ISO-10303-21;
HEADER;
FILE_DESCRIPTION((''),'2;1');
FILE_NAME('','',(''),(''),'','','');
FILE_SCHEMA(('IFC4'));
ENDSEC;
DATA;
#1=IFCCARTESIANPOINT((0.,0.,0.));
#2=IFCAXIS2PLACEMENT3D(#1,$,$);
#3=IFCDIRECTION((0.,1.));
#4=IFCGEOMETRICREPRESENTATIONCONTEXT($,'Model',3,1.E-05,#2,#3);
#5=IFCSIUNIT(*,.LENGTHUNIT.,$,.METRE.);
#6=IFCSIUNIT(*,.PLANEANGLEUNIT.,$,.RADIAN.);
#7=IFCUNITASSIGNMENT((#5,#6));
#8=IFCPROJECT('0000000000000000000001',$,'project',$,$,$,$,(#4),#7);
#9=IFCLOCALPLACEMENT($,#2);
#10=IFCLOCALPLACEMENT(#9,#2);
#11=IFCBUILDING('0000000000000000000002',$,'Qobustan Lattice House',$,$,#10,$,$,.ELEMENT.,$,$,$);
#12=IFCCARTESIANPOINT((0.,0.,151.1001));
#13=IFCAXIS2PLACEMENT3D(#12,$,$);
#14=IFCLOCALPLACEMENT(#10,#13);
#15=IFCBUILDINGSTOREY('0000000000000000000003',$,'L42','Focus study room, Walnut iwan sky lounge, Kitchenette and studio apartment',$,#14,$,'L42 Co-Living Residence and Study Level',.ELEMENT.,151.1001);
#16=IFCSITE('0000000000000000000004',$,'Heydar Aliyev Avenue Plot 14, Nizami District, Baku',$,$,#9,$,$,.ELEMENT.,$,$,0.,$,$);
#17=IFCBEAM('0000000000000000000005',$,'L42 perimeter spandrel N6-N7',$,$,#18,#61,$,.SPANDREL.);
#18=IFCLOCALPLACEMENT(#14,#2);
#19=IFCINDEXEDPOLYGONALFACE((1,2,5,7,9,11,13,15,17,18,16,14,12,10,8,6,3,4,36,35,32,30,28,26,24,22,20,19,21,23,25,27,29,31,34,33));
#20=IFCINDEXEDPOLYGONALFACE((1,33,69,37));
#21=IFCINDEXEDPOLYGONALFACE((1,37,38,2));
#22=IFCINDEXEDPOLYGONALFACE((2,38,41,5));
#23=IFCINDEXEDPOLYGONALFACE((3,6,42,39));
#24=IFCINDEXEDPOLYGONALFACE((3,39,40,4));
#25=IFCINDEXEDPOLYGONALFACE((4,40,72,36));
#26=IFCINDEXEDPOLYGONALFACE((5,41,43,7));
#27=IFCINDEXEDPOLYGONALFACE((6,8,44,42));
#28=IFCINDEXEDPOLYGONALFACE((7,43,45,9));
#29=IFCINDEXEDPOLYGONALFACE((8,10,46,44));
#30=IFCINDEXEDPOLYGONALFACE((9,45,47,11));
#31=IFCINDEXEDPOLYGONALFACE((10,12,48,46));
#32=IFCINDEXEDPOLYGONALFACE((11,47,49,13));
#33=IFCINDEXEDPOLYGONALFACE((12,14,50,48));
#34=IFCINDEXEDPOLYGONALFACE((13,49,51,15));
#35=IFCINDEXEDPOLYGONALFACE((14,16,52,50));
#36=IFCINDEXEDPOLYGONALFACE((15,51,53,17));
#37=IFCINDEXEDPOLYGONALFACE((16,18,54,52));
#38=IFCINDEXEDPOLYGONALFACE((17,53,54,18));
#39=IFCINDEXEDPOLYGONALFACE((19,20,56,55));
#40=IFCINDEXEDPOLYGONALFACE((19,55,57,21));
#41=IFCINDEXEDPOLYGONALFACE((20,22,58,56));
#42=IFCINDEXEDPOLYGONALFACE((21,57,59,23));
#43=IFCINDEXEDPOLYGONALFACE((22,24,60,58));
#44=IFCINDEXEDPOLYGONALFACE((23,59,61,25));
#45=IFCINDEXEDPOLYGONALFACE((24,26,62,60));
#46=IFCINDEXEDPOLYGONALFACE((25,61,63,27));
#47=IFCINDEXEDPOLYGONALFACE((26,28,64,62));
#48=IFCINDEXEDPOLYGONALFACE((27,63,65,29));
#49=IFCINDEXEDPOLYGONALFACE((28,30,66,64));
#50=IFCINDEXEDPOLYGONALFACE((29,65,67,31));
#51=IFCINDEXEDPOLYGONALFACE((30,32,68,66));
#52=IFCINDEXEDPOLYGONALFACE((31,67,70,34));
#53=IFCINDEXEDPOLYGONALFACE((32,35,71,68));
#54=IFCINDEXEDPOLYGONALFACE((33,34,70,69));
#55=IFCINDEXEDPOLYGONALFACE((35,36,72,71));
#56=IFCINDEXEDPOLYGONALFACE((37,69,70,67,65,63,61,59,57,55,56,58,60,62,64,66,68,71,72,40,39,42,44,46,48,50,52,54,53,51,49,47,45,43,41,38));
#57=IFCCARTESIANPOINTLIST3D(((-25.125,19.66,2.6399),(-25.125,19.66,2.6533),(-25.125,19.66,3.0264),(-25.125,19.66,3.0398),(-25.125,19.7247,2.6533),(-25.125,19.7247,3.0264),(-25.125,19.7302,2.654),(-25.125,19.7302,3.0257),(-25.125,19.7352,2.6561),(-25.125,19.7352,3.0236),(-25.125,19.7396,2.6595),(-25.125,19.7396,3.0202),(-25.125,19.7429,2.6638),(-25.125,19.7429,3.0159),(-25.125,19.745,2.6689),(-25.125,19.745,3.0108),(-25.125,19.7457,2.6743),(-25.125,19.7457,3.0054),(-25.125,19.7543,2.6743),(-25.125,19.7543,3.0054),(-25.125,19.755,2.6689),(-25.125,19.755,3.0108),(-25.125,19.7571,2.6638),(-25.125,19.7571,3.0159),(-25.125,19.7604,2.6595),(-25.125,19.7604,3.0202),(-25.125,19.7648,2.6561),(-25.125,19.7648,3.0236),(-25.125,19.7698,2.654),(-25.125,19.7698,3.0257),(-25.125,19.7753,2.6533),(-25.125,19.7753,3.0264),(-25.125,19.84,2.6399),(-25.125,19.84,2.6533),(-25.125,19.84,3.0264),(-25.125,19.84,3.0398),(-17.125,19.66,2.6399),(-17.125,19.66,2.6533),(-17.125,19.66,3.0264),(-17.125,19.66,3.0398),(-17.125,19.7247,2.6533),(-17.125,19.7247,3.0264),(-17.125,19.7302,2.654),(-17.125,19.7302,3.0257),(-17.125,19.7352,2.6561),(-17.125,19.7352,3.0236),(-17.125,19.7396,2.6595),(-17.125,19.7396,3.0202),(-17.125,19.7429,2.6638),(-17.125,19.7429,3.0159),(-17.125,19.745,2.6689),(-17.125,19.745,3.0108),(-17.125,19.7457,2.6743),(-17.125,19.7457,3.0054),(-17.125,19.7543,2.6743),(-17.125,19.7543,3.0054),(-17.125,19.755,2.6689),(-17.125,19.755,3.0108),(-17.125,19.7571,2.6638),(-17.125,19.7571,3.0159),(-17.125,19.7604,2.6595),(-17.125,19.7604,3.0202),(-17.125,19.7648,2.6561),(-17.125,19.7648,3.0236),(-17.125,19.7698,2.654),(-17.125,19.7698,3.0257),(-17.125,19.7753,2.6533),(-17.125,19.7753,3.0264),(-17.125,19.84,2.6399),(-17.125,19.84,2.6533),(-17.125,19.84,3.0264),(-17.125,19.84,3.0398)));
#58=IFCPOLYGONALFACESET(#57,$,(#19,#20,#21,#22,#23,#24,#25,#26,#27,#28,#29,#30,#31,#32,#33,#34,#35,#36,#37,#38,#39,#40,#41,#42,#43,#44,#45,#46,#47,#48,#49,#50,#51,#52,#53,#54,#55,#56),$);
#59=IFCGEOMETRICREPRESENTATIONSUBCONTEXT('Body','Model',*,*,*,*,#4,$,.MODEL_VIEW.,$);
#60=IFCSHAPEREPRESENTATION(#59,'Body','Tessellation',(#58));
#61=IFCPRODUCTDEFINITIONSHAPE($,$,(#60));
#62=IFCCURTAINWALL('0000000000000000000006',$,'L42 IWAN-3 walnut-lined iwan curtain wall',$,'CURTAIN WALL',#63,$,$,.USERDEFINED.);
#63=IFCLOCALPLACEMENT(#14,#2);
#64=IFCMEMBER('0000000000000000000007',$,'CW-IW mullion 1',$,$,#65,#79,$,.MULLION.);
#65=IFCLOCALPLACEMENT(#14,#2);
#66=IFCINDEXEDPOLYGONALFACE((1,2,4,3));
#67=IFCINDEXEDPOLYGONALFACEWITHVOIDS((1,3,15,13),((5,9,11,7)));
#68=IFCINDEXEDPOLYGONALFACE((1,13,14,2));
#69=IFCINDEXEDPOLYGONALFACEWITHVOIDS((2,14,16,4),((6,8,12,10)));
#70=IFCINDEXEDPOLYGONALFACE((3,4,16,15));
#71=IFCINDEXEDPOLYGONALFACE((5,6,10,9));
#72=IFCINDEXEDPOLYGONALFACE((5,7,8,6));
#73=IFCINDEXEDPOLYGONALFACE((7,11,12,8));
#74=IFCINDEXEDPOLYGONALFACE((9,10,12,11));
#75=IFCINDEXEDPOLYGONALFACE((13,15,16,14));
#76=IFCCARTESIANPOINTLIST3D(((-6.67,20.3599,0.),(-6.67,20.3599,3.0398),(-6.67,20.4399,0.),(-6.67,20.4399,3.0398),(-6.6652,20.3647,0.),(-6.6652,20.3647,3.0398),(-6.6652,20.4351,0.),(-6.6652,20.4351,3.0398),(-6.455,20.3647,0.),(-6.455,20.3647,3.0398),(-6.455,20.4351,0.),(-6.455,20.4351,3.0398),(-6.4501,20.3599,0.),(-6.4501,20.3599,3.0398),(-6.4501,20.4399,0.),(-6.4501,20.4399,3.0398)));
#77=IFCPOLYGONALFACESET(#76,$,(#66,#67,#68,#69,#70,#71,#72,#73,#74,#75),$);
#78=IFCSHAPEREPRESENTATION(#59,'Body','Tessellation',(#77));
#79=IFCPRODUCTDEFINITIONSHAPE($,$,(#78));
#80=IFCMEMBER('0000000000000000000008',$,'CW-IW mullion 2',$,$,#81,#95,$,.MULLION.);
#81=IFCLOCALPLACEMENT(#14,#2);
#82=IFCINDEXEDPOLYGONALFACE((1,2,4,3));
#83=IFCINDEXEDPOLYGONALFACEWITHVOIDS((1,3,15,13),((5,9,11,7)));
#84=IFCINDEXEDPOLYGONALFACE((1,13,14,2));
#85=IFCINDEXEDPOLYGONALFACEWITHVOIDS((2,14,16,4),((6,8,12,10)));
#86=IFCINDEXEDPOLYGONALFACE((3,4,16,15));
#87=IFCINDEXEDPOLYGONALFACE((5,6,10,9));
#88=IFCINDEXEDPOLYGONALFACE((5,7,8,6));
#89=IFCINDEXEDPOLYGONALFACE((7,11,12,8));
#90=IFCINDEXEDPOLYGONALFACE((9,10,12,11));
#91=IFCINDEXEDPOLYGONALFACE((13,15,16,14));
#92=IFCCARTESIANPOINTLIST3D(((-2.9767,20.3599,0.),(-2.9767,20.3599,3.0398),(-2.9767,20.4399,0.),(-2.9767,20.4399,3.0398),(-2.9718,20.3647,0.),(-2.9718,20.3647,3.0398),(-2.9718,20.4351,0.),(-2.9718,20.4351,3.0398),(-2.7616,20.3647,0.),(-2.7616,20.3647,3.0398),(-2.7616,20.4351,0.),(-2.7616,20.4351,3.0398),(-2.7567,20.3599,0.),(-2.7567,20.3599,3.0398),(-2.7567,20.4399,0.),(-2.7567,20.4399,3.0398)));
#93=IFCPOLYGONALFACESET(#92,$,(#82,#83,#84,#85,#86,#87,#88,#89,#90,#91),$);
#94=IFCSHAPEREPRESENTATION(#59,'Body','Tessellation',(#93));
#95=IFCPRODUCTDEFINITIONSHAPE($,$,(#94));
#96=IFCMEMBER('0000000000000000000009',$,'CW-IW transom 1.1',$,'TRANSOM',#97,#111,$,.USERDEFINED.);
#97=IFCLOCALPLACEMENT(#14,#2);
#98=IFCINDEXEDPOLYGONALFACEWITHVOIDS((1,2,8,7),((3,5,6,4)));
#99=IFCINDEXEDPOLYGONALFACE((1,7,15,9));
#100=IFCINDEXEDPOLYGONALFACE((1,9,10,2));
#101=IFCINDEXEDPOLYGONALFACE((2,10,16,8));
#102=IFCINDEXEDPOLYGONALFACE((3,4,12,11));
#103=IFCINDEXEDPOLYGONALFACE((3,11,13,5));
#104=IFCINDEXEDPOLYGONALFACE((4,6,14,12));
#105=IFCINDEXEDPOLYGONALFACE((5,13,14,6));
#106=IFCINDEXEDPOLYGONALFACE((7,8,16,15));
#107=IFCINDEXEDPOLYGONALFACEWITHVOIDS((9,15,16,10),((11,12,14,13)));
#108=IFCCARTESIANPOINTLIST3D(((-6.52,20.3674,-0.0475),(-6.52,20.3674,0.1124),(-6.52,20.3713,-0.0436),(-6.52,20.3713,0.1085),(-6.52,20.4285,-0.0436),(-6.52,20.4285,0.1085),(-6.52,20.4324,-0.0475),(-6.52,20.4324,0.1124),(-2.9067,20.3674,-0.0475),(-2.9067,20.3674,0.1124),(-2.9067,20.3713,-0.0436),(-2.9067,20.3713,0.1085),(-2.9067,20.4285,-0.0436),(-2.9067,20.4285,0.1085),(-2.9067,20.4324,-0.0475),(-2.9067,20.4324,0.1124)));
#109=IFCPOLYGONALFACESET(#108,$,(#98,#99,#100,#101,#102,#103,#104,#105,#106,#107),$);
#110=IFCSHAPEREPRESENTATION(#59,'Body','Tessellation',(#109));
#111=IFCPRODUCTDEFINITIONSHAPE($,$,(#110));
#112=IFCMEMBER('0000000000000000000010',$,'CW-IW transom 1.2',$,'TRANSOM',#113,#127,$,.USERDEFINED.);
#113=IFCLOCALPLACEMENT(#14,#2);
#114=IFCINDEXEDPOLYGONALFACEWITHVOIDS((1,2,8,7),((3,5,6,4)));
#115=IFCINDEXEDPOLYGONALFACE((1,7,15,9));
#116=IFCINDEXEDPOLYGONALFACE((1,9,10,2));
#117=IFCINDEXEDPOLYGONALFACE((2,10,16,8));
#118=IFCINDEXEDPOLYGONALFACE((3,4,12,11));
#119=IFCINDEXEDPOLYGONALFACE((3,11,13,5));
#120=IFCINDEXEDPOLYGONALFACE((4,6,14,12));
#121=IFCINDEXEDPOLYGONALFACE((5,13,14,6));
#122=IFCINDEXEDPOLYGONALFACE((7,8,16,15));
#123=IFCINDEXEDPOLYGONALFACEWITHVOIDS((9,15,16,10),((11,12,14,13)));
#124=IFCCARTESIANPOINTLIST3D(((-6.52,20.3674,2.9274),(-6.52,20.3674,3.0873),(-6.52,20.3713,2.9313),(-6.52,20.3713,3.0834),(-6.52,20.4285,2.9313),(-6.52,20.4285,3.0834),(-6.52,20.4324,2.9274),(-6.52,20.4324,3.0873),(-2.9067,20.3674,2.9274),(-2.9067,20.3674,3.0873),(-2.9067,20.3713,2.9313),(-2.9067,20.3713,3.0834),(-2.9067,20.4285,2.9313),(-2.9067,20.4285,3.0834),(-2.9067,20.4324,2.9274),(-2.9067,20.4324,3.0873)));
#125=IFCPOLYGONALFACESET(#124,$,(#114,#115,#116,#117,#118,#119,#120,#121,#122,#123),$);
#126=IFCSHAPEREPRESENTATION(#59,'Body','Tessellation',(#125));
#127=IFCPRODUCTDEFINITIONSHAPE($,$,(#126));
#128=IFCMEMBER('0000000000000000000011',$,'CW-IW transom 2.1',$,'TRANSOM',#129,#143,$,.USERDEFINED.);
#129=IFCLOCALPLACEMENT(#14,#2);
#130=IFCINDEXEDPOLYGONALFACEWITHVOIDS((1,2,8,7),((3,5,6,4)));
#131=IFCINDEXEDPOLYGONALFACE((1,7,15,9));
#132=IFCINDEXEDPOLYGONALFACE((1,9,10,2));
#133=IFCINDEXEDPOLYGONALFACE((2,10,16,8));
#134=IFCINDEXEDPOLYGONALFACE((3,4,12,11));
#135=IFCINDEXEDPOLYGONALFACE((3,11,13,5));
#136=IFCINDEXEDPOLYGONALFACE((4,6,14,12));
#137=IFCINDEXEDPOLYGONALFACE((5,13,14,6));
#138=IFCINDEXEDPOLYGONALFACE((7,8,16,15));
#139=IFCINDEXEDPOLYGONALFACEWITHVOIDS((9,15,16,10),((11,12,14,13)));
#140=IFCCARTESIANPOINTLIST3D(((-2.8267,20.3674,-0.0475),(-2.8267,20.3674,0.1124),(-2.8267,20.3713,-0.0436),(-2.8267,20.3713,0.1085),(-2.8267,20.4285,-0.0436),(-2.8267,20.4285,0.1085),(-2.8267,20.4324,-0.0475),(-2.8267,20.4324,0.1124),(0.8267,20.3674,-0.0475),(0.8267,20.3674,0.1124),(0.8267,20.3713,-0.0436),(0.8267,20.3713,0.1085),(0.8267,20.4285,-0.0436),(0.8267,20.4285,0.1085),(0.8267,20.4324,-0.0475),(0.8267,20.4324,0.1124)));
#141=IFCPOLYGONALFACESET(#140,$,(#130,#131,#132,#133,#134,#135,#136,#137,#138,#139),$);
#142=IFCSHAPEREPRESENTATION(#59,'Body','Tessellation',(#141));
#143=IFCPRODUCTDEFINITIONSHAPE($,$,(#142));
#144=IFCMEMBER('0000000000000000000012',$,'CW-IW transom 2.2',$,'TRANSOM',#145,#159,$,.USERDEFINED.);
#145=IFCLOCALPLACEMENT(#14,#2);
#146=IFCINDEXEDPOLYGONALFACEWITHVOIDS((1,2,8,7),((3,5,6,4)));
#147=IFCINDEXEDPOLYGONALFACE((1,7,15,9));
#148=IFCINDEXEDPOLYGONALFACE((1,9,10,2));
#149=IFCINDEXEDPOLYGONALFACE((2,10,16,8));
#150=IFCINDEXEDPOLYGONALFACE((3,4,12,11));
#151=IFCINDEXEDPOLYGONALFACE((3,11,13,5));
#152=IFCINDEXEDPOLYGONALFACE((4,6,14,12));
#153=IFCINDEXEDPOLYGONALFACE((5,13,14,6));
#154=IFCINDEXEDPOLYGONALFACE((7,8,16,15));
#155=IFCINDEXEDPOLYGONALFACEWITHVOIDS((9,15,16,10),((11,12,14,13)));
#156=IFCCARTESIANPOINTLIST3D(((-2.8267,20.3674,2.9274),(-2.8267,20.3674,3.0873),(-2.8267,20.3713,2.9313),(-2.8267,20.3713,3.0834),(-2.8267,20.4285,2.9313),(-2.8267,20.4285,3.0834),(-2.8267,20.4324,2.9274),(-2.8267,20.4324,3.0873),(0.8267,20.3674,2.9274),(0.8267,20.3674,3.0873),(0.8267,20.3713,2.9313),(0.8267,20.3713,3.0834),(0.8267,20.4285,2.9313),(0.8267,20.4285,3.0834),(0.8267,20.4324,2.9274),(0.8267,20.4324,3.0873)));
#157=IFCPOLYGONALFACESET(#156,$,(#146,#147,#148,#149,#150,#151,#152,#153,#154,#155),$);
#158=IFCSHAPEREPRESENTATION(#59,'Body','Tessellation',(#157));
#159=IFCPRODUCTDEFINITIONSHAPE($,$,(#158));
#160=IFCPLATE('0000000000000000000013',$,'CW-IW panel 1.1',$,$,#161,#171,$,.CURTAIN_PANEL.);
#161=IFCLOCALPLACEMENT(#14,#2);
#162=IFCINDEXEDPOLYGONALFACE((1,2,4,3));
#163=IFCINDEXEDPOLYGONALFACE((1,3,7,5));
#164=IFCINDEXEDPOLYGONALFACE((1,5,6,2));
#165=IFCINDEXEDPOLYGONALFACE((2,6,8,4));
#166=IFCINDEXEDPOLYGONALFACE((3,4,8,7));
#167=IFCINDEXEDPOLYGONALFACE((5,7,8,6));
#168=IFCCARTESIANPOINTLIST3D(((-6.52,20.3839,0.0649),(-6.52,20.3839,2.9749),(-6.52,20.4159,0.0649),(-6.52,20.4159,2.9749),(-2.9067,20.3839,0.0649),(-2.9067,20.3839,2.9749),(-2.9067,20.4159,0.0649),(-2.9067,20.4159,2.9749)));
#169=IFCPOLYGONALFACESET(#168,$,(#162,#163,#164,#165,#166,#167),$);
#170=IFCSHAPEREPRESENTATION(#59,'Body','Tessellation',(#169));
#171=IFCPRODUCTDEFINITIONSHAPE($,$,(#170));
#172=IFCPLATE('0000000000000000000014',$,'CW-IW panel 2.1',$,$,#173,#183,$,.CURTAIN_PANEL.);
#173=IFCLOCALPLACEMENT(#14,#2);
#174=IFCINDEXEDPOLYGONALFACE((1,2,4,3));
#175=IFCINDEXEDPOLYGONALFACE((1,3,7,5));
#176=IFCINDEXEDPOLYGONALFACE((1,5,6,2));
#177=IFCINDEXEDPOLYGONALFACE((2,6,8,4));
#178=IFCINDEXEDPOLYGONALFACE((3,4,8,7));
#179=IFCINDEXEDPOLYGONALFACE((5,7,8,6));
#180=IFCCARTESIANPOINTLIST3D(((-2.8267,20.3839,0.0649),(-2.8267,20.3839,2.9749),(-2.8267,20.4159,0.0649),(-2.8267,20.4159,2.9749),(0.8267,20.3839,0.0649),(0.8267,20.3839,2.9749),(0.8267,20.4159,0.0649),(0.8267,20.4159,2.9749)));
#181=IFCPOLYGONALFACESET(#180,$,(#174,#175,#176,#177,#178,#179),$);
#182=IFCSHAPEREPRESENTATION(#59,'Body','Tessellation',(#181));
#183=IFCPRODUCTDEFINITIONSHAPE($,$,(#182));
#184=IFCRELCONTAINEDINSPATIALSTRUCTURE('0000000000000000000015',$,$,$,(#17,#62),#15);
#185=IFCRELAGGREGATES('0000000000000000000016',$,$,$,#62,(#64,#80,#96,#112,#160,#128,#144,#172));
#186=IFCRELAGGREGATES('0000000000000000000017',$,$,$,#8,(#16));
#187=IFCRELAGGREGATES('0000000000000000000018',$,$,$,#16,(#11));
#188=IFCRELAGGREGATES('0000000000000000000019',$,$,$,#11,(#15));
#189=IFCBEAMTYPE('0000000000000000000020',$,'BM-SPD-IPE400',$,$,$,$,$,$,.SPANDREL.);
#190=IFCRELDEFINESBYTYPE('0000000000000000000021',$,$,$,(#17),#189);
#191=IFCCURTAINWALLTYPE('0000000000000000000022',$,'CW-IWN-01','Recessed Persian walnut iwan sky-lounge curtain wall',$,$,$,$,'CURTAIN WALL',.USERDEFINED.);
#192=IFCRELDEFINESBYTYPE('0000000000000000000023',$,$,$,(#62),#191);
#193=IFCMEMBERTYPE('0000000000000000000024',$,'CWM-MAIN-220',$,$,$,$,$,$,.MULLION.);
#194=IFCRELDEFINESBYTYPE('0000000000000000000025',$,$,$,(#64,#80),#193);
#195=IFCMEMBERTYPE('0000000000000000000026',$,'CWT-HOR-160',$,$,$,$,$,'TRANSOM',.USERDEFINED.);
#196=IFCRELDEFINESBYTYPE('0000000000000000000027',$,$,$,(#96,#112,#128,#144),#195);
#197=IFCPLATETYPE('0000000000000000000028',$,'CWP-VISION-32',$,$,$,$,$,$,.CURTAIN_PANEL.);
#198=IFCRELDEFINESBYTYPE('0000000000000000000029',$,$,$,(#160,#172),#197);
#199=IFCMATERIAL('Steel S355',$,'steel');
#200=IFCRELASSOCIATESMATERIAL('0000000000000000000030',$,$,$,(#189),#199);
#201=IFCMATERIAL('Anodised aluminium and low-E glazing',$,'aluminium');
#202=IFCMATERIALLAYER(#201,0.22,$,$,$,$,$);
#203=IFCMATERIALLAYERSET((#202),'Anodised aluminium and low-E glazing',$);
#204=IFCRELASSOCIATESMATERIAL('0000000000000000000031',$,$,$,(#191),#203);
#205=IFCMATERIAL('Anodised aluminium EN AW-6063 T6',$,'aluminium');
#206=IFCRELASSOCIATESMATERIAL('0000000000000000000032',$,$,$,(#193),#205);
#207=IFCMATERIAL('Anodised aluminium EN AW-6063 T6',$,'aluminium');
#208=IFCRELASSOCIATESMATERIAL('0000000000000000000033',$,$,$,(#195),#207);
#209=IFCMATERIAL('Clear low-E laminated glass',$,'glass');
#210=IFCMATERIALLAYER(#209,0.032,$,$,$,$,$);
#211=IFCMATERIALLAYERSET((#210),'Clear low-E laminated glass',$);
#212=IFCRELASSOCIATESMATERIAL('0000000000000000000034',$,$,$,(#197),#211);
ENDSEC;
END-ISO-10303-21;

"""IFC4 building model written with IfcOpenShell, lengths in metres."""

from ifc_helpers import new_model, si_unit, direction, frame, origin, origin_2d, place, context, subcontext, project, spatial, rectangle, hollow_rectangle, i_section, extrude, material, layer, layer_set, material_profile, profile_set, type_object, element, aggregate, save


model = new_model("IFC4")

# Units and contexts
model_context = context("Model", 3, precision=1e-05, world=origin(), true_north=direction((0.0, 1.0)))
body_context = subcontext(model_context, "Body", "Model", "MODEL_VIEW")
ifc_project = project(units=[si_unit("LENGTHUNIT", "METRE"), si_unit("PLANEANGLEUNIT", "RADIAN")], contexts=[model_context])

# Site, building, storey
site_placement = place(None, origin())
site = spatial("IfcSite", under=ifc_project, at=site_placement, Name="Heydar Aliyev Avenue Plot 14, Nizami District, Baku", CompositionType="ELEMENT", RefElevation=0.0)
building_placement = place(site_placement, origin())
building = spatial("IfcBuilding", under=site, at=building_placement, Name="Qobustan Lattice House", CompositionType="ELEMENT")
storey_placement = place(building_placement, frame((0.0, 0.0, 151.1001)))
storey = spatial("IfcBuildingStorey", under=building, at=storey_placement, Name="L42", Description="Focus study room, Walnut iwan sky lounge, Kitchenette and studio apartment", LongName="L42 Co-Living Residence and Study Level", CompositionType="ELEMENT", Elevation=151.1001)

# Beam
ifc_material_1 = material(Name="Steel S355", Category="steel")
ifc_material_profile_1 = material_profile(ifc_material_1, i_section(OverallWidth=0.1799, OverallDepth=0.3999, WebThickness=0.0085, FlangeThickness=0.0134, FilletRadius=0.021, at=origin_2d()), Name="IPE400")
ifc_profile_set_1 = profile_set([ifc_material_profile_1], Name="Steel S355")
beam_type_1 = type_object("IfcBeamType", Name="BM-SPD-IPE400", PredefinedType="SPANDREL", material=ifc_profile_set_1)
for number, where, z_axis, x_axis, name in (
    (1, (-17.125, 19.75, 2.8398), (-1.0, 0.0, 0.0), (0.0, -1.0, 0.0), "L42 perimeter spandrel N6-N7"),
):
    element("IfcBeam", number, at=place(storey_placement, frame(where, z_axis=z_axis, x_axis=x_axis)), inside=storey, type_object=beam_type_1, Name=name, PredefinedType="SPANDREL", context=body_context, shape_type="SweptSolid", body=[
        extrude(i_section(OverallWidth=0.1799, OverallDepth=0.3999, WebThickness=0.0085, FlangeThickness=0.0134, FilletRadius=0.021, at=origin_2d()), origin(), (0.0, 0.0, 1.0), 8.0),
    ])

# Curtain wall, members, plates
ifc_material_2 = material(Name="Anodised aluminium and low-E glazing", Category="aluminium")
ifc_layer_1 = layer(ifc_material_2, 0.22)
ifc_layer_set_1 = layer_set([ifc_layer_1], Name="Anodised aluminium and low-E glazing")
curtain_wall_type = type_object("IfcCurtainWallType", Name="CW-IWN-01", Description="Recessed Persian walnut iwan sky-lounge curtain wall", ElementType="CURTAIN WALL", PredefinedType="USERDEFINED", material=ifc_layer_set_1)
curtain_wall_placement = place(storey_placement, origin())
curtain_wall = element("IfcCurtainWall", 2, at=curtain_wall_placement, inside=storey, type_object=curtain_wall_type, Name="L42 IWAN-3 walnut-lined iwan curtain wall", ObjectType="CURTAIN WALL", PredefinedType="USERDEFINED")
ifc_material_3 = material(Name="Anodised aluminium EN AW-6063 T6", Category="aluminium")
ifc_material_profile_2 = material_profile(ifc_material_3, hollow_rectangle(XDim=0.0801, YDim=0.22, WallThickness=0.0049, at=origin_2d()), Name="CWM-220x80")
ifc_profile_set_2 = profile_set([ifc_material_profile_2], Name="Anodised aluminium EN AW-6063 T6")
member_type_1 = type_object("IfcMemberType", Name="CWM-MAIN-220", PredefinedType="MULLION", material=ifc_profile_set_2)
member_1_placement = place(storey_placement, frame((-6.5601, 20.3999, 0.0), z_axis=(0.0, 0.0, 1.0), x_axis=(0.0, 1.0, 0.0)))
member_1 = element("IfcMember", 3, at=member_1_placement, type_object=member_type_1, Name="CW-IW mullion 1", PredefinedType="MULLION", context=body_context, shape_type="SweptSolid", body=[
    extrude(hollow_rectangle(XDim=0.0801, YDim=0.22, WallThickness=0.0049, at=origin_2d()), origin(), (0.0, 0.0, 1.0), 3.0398),
])
member_2_placement = place(storey_placement, frame((-2.8667, 20.3999, 0.0), z_axis=(0.0, 0.0, 1.0), x_axis=(0.0, 1.0, 0.0)))
member_2 = element("IfcMember", 4, at=member_2_placement, type_object=member_type_1, Name="CW-IW mullion 2", PredefinedType="MULLION", context=body_context, shape_type="SweptSolid", body=[
    extrude(hollow_rectangle(XDim=0.0801, YDim=0.22, WallThickness=0.0049, at=origin_2d()), origin(), (0.0, 0.0, 1.0), 3.0398),
])
ifc_material_4 = material(Name="Anodised aluminium EN AW-6063 T6", Category="aluminium")
ifc_material_profile_3 = material_profile(ifc_material_4, hollow_rectangle(XDim=0.0649, YDim=0.1599, WallThickness=0.0039, at=origin_2d()), Name="CWT-160x65")
ifc_profile_set_3 = profile_set([ifc_material_profile_3], Name="Anodised aluminium EN AW-6063 T6")
member_type_2 = type_object("IfcMemberType", Name="CWT-HOR-160", ElementType="TRANSOM", PredefinedType="USERDEFINED", material=ifc_profile_set_3)
member_3_placement = place(storey_placement, frame((-6.52, 20.3999, 0.0325), z_axis=(1.0, 0.0, 0.0), x_axis=(0.0, 1.0, 0.0)))
member_3 = element("IfcMember", 5, at=member_3_placement, type_object=member_type_2, Name="CW-IW transom 1.1", ObjectType="TRANSOM", PredefinedType="USERDEFINED", context=body_context, shape_type="SweptSolid", body=[
    extrude(hollow_rectangle(XDim=0.0649, YDim=0.1599, WallThickness=0.0039, at=origin_2d()), origin(), (0.0, 0.0, 1.0), 3.6133),
])
member_4_placement = place(storey_placement, frame((-6.52, 20.3999, 3.0073), z_axis=(1.0, 0.0, 0.0), x_axis=(0.0, 1.0, 0.0)))
member_4 = element("IfcMember", 6, at=member_4_placement, type_object=member_type_2, Name="CW-IW transom 1.2", ObjectType="TRANSOM", PredefinedType="USERDEFINED", context=body_context, shape_type="SweptSolid", body=[
    extrude(hollow_rectangle(XDim=0.0649, YDim=0.1599, WallThickness=0.0039, at=origin_2d()), origin(), (0.0, 0.0, 1.0), 3.6133),
])
member_5_placement = place(storey_placement, frame((-2.8267, 20.3999, 0.0325), z_axis=(1.0, 0.0, 0.0), x_axis=(0.0, 1.0, 0.0)))
member_5 = element("IfcMember", 7, at=member_5_placement, type_object=member_type_2, Name="CW-IW transom 2.1", ObjectType="TRANSOM", PredefinedType="USERDEFINED", context=body_context, shape_type="SweptSolid", body=[
    extrude(hollow_rectangle(XDim=0.0649, YDim=0.1599, WallThickness=0.0039, at=origin_2d()), origin(), (0.0, 0.0, 1.0), 3.6533),
])
member_6_placement = place(storey_placement, frame((-2.8267, 20.3999, 3.0073), z_axis=(1.0, 0.0, 0.0), x_axis=(0.0, 1.0, 0.0)))
member_6 = element("IfcMember", 8, at=member_6_placement, type_object=member_type_2, Name="CW-IW transom 2.2", ObjectType="TRANSOM", PredefinedType="USERDEFINED", context=body_context, shape_type="SweptSolid", body=[
    extrude(hollow_rectangle(XDim=0.0649, YDim=0.1599, WallThickness=0.0039, at=origin_2d()), origin(), (0.0, 0.0, 1.0), 3.6533),
])
ifc_material_5 = material(Name="Clear low-E laminated glass", Category="glass")
ifc_layer_2 = layer(ifc_material_5, 0.032)
ifc_layer_set_2 = layer_set([ifc_layer_2], Name="Clear low-E laminated glass")
plate_type = type_object("IfcPlateType", Name="CWP-VISION-32", PredefinedType="CURTAIN_PANEL", material=ifc_layer_set_2)
plate_1_placement = place(storey_placement, frame((-4.7134, 20.3999, 0.0649), z_axis=(0.0, 0.0, 1.0), x_axis=(1.0, 0.0, 0.0)))
plate_1 = element("IfcPlate", 9, at=plate_1_placement, type_object=plate_type, Name="CW-IW panel 1.1", PredefinedType="CURTAIN_PANEL", context=body_context, shape_type="SweptSolid", body=[
    extrude(rectangle(XDim=3.6133, YDim=0.032, at=origin_2d()), origin(), (0.0, 0.0, 1.0), 2.9099),
])
plate_2_placement = place(storey_placement, frame((-1.0, 20.3999, 0.0649), z_axis=(0.0, 0.0, 1.0), x_axis=(1.0, 0.0, 0.0)))
plate_2 = element("IfcPlate", 10, at=plate_2_placement, type_object=plate_type, Name="CW-IW panel 2.1", PredefinedType="CURTAIN_PANEL", context=body_context, shape_type="SweptSolid", body=[
    extrude(rectangle(XDim=3.6533, YDim=0.032, at=origin_2d()), origin(), (0.0, 0.0, 1.0), 2.9099),
])
aggregate(curtain_wall, [member_1, member_2, member_3, member_4, plate_1, member_5, member_6, plate_2])

save(model, "model.ifc")
